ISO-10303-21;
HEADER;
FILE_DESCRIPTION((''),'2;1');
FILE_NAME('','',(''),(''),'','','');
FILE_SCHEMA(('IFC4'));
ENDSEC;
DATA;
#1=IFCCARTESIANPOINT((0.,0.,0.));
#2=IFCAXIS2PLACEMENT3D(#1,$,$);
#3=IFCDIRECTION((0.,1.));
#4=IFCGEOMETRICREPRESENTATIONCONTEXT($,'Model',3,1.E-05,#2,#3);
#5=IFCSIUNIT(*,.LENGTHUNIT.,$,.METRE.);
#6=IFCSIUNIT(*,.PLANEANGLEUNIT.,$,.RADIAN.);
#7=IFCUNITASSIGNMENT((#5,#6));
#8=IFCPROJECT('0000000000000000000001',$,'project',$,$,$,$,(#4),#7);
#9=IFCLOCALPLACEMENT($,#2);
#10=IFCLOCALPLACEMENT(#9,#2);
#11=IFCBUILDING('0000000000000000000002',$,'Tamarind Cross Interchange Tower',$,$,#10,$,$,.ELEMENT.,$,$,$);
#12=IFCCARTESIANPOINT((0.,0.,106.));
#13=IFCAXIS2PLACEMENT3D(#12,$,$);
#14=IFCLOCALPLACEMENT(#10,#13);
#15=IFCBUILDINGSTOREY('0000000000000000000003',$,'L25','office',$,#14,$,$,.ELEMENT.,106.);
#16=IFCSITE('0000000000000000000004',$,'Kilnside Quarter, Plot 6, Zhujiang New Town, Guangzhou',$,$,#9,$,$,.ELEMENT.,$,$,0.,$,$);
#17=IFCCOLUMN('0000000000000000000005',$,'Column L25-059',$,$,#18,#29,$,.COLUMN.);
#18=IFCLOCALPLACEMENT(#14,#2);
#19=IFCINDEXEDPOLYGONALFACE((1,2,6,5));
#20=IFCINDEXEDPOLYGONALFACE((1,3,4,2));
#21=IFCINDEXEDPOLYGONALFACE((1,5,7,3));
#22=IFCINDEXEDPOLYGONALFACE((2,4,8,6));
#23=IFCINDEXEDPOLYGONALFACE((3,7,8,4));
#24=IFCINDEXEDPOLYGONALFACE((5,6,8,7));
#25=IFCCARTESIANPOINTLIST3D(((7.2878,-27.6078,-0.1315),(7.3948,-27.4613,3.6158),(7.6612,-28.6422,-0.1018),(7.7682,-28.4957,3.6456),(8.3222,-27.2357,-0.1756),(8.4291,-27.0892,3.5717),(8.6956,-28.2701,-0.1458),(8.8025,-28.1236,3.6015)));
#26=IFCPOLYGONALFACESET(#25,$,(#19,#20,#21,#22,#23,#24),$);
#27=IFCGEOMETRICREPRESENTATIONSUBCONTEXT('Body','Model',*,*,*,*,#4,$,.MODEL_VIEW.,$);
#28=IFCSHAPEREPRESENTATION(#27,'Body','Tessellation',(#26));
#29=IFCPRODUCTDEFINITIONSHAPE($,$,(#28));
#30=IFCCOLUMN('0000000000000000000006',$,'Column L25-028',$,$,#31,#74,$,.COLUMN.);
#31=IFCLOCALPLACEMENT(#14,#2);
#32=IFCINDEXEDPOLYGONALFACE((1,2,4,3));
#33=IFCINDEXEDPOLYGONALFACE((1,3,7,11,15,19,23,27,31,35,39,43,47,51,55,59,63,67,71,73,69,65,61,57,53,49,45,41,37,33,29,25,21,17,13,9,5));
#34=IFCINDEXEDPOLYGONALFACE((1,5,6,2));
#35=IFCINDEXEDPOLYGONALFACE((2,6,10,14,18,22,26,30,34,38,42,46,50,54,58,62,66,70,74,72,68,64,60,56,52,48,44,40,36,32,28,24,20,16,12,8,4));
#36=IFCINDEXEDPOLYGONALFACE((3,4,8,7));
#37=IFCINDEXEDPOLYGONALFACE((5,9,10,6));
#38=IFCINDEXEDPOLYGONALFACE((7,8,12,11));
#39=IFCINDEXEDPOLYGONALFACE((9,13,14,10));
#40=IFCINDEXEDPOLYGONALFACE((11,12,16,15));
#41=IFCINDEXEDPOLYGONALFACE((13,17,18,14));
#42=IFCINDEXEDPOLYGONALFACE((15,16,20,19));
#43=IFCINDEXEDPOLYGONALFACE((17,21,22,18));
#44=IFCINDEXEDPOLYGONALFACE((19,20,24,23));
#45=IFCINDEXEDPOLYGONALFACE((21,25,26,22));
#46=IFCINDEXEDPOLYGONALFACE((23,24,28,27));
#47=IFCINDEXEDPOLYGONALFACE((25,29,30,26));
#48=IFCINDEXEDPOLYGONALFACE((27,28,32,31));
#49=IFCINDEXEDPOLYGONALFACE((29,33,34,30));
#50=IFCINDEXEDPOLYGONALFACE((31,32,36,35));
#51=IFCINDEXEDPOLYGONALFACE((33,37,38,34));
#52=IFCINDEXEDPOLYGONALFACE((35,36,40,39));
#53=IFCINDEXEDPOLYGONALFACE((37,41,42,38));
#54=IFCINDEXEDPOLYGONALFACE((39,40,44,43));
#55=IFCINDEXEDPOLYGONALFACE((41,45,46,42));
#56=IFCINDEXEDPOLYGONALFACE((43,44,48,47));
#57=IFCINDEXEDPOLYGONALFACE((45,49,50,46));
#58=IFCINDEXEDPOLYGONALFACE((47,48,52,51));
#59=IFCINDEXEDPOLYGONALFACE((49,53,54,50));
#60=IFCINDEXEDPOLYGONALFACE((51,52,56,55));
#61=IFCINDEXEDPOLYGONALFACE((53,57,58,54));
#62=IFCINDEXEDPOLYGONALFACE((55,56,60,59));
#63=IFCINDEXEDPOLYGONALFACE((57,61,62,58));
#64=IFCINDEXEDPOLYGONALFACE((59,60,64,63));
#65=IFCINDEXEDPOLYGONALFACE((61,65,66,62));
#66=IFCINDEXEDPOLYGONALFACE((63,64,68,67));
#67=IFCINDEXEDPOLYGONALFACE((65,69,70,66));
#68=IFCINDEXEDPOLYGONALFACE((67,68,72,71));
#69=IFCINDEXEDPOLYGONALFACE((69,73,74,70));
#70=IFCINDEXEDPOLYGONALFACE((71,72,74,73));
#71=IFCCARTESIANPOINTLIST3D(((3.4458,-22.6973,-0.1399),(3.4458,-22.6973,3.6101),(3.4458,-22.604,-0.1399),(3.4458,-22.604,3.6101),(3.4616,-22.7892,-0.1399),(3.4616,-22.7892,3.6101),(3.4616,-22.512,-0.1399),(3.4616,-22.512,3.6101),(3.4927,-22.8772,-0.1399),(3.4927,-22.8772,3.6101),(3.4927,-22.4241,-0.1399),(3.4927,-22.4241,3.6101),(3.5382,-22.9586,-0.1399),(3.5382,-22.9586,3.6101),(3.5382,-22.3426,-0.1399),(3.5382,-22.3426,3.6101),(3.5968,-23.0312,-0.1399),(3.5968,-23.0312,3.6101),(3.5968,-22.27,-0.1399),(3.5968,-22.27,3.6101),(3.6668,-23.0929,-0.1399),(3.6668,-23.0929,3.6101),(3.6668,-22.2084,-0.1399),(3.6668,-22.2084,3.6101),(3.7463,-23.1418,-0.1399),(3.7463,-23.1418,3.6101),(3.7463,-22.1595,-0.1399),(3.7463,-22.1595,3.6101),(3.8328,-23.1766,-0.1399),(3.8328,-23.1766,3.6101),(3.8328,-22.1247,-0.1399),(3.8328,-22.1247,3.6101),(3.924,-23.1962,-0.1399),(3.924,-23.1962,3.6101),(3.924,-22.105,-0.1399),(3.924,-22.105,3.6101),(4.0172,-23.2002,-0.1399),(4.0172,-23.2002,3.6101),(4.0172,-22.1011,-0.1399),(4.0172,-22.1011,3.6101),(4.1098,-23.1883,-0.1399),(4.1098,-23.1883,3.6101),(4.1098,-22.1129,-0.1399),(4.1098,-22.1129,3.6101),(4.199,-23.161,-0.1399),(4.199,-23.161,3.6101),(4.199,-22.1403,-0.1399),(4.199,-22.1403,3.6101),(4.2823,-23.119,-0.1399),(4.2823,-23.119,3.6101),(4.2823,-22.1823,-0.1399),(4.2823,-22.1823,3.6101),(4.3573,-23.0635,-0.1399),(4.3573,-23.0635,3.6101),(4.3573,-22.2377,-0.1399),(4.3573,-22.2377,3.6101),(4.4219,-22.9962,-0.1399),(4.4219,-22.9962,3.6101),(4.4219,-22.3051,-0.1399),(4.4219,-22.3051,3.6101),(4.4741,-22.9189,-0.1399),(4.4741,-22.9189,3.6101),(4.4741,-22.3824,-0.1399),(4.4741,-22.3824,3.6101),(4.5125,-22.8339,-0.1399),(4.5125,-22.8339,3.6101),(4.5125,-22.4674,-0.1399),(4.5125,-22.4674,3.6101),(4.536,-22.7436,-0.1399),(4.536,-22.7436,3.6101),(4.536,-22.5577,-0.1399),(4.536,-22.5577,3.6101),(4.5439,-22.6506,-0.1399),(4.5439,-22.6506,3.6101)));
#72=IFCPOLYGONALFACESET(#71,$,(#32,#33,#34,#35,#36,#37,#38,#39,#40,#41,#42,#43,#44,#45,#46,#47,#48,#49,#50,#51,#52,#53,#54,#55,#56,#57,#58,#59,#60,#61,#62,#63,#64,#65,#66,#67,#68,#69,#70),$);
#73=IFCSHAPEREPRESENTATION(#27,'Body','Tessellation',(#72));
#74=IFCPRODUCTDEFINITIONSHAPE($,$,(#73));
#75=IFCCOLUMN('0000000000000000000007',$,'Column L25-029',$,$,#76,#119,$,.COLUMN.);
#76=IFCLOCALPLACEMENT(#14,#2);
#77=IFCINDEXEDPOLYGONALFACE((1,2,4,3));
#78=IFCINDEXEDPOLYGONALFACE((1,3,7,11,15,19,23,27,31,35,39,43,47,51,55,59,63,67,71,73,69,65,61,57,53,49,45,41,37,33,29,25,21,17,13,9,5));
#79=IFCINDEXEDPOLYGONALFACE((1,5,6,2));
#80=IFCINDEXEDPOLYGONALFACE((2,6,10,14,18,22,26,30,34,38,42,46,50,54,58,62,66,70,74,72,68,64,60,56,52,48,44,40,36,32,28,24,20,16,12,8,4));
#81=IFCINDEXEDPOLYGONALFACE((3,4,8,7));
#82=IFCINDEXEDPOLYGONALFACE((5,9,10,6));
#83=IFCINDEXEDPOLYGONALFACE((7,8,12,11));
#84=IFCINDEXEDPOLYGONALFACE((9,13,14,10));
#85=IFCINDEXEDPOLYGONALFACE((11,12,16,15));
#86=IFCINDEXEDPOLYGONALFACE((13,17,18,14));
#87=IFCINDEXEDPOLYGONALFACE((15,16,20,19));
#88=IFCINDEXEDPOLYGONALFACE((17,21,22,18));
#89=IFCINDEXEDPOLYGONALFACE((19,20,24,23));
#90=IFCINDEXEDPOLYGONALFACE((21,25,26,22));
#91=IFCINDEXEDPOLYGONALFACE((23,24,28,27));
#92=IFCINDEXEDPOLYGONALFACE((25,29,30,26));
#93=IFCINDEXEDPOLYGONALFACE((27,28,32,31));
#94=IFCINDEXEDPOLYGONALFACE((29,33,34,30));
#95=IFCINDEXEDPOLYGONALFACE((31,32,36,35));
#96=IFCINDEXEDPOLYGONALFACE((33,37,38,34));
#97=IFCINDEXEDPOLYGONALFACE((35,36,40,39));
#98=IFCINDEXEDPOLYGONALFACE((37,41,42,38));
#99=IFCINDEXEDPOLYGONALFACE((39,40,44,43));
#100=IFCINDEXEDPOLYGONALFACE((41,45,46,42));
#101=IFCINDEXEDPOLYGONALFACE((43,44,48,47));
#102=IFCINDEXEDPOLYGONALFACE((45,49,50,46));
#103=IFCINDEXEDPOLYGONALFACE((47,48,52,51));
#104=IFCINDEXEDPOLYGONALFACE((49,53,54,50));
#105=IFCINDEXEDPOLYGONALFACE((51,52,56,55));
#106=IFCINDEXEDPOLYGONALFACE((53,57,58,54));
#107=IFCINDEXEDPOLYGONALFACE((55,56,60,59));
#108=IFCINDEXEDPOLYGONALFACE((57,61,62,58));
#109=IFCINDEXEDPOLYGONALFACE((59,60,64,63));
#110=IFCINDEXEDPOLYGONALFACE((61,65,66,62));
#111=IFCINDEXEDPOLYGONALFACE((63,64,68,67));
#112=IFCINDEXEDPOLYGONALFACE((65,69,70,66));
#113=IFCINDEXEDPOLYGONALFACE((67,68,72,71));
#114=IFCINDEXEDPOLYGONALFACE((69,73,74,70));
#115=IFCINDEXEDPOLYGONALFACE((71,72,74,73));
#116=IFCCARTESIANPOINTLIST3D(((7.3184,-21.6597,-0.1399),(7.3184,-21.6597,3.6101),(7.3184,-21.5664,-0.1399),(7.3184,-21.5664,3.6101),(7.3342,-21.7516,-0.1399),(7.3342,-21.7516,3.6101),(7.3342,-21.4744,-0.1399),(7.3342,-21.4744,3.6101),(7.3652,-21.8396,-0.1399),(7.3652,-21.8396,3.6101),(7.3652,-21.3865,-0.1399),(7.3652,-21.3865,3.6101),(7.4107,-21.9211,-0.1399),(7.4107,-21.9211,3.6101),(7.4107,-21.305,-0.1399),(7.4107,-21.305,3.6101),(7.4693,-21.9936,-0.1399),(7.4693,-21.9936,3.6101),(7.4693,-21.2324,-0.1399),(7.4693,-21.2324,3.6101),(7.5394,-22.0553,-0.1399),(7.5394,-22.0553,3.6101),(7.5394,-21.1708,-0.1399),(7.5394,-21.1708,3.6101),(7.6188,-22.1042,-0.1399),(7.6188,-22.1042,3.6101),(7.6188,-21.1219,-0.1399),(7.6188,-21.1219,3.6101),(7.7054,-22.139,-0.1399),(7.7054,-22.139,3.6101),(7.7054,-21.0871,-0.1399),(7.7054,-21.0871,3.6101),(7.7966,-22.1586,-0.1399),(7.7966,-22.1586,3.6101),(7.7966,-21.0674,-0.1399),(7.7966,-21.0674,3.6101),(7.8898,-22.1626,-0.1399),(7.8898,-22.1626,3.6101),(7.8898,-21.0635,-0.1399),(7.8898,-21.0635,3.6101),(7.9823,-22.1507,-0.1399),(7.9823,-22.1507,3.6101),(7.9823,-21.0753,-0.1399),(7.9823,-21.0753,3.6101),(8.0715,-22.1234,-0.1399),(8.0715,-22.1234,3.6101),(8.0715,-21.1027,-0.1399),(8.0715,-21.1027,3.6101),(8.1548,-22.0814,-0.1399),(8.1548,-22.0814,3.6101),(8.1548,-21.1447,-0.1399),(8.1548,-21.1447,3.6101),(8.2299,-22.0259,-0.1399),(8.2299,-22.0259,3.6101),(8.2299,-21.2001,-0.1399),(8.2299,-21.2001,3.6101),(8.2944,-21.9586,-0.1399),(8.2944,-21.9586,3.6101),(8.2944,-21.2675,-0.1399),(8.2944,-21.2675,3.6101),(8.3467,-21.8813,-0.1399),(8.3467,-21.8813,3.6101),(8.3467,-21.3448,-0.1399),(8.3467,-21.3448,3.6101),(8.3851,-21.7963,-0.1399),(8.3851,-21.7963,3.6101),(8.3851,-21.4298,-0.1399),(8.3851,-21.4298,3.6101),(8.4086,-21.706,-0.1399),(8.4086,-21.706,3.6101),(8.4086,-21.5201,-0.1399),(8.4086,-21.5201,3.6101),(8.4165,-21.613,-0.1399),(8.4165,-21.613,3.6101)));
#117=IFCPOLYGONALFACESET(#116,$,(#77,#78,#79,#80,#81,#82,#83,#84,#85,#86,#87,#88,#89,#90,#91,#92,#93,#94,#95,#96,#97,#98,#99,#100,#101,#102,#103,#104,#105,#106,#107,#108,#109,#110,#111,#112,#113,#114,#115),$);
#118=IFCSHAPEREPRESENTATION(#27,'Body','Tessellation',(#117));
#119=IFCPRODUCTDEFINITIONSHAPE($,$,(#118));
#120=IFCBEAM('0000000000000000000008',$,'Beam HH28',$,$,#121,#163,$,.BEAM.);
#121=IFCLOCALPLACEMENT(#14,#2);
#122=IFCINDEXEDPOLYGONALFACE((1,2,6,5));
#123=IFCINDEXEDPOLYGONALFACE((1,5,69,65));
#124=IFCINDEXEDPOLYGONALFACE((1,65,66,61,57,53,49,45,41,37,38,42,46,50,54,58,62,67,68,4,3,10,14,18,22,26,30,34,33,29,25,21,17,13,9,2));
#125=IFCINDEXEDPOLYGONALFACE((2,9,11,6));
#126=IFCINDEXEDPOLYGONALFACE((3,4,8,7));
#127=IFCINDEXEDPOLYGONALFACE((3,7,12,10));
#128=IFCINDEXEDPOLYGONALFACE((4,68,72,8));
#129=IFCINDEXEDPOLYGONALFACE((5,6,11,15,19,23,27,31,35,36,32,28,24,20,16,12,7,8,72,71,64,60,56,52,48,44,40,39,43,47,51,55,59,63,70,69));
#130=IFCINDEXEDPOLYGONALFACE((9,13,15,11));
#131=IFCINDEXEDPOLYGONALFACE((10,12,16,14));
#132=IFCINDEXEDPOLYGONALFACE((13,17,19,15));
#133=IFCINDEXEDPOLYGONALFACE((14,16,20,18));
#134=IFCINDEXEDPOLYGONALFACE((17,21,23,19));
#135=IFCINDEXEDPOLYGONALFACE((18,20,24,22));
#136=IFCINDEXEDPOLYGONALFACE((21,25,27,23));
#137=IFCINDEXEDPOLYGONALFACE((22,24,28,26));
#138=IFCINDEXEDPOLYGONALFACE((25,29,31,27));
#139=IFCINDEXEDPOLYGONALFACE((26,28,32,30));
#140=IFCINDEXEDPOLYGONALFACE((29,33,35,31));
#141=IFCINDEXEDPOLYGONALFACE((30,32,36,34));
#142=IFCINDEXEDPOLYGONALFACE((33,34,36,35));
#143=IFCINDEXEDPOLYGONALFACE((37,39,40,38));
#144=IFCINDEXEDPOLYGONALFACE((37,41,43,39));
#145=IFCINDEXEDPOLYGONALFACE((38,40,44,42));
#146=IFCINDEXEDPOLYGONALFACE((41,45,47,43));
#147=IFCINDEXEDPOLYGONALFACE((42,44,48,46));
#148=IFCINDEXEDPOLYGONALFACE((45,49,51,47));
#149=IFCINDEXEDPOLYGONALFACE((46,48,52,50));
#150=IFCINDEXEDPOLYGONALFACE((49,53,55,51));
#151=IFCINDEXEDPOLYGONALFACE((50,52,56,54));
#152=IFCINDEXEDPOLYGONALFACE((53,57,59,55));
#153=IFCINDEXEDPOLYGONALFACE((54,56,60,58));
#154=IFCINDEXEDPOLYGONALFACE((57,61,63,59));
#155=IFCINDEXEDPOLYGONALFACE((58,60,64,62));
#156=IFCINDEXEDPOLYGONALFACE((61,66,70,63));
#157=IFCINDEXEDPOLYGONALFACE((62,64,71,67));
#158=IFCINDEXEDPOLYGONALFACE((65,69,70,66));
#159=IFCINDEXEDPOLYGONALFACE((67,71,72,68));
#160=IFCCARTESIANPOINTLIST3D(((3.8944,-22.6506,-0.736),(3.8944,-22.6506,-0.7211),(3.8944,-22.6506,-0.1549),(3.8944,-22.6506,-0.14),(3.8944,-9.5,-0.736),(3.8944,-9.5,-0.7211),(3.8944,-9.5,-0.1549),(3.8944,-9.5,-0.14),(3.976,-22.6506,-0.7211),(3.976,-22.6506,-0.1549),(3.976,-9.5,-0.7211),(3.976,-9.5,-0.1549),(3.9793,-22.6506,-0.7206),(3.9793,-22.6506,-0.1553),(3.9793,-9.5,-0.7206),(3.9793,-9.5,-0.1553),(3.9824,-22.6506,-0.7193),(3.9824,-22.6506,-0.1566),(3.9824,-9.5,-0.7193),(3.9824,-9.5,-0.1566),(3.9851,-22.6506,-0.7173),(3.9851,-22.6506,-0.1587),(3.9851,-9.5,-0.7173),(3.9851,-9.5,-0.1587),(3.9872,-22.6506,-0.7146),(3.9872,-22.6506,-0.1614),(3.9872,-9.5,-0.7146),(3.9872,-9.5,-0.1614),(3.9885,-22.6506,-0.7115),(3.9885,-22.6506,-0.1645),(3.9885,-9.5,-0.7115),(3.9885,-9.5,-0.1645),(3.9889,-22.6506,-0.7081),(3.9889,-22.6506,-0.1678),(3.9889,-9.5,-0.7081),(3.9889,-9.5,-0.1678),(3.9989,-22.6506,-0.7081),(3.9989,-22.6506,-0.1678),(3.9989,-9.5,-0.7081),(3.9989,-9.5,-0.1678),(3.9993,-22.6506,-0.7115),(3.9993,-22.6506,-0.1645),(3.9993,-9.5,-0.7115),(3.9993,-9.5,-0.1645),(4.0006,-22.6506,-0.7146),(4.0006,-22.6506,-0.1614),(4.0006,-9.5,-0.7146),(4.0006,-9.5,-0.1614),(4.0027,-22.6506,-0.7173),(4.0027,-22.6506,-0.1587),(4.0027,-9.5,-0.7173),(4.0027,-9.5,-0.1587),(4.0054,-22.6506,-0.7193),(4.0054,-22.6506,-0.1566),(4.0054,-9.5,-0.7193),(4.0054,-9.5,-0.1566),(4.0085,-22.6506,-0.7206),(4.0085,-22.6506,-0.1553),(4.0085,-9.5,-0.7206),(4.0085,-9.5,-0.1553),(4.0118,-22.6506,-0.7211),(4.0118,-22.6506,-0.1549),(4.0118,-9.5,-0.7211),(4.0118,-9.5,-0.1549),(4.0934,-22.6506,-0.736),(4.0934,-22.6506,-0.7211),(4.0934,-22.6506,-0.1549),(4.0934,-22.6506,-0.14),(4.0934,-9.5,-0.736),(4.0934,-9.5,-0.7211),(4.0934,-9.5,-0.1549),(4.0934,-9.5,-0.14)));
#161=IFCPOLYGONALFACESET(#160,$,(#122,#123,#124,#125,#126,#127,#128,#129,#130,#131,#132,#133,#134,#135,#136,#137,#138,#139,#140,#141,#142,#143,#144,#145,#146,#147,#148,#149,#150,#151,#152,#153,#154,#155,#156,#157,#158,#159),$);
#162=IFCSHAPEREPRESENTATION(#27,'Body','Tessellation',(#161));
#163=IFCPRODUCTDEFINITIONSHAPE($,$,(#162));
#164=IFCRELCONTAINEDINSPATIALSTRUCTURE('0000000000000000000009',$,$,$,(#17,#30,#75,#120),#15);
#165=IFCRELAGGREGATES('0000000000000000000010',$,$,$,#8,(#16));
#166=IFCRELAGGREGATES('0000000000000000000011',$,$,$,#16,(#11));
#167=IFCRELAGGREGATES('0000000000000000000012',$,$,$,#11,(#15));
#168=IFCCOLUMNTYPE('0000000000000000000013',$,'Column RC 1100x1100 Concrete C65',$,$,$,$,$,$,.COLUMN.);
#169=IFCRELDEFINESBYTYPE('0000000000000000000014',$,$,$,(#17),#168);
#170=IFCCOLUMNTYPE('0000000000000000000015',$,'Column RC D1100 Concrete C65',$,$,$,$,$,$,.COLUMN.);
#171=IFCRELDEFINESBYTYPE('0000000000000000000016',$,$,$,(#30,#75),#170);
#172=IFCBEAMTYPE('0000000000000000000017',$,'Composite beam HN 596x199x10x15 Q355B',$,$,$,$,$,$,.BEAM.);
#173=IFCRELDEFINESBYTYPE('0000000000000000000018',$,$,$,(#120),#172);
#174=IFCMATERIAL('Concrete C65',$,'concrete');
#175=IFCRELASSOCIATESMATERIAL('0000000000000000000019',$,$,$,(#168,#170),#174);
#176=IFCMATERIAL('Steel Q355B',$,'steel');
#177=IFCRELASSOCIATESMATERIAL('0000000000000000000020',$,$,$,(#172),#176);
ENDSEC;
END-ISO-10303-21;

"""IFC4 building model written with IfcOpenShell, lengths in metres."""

from ifc_helpers import new_model, si_unit, direction, frame, origin, origin_2d, place, context, subcontext, project, spatial, rectangle, circle, i_section, extrude, material, material_profile, profile_set, type_object, element, save


model = new_model("IFC4")

# Units and contexts
model_context = context("Model", 3, precision=1e-05, world=origin(), true_north=direction((0.0, 1.0)))
body_context = subcontext(model_context, "Body", "Model", "MODEL_VIEW")
ifc_project = project(units=[si_unit("LENGTHUNIT", "METRE"), si_unit("PLANEANGLEUNIT", "RADIAN")], contexts=[model_context])

# Site, building, storey
site_placement = place(None, origin())
site = spatial("IfcSite", under=ifc_project, at=site_placement, Name="Kilnside Quarter, Plot 6, Zhujiang New Town, Guangzhou", CompositionType="ELEMENT", RefElevation=0.0)
building_placement = place(site_placement, origin())
building = spatial("IfcBuilding", under=site, at=building_placement, Name="Tamarind Cross Interchange Tower", CompositionType="ELEMENT")
storey_placement = place(building_placement, frame((0.0, 0.0, 106.0)))
storey = spatial("IfcBuildingStorey", under=building, at=storey_placement, Name="L25", Description="office", CompositionType="ELEMENT", Elevation=106.0)

# Columns
ifc_material_1 = material(Name="Concrete C65", Category="concrete")
ifc_material_profile_1 = material_profile(ifc_material_1, rectangle(XDim=1.1001, YDim=1.1001, at=origin_2d()), Name="RC 1100x1100")
ifc_profile_set_1 = profile_set([ifc_material_profile_1], Name="Concrete C65")
column_type_1 = type_object("IfcColumnType", Name="Column RC 1100x1100 Concrete C65", PredefinedType="COLUMN", material=ifc_profile_set_1)
column_placement = place(storey_placement, frame((7.9917, -27.939, -0.1387), z_axis=(0.028503, 0.039045, 0.998831), x_axis=(-0.940205, -0.338246, 0.040052)))
element("IfcColumn", 1, at=column_placement, inside=storey, type_object=column_type_1, Name="Column L25-059", PredefinedType="COLUMN", context=body_context, shape_type="SweptSolid", body=[
    extrude(rectangle(XDim=1.1001, YDim=1.1001, at=origin_2d()), origin(), (0.0, 0.0, 1.0), 3.7517),
])
ifc_material_profile_2 = material_profile(ifc_material_1, circle(Radius=0.55, at=origin_2d()), Name="RC D1100")
ifc_profile_set_2 = profile_set([ifc_material_profile_2], Name="Concrete C65")
column_type_2 = type_object("IfcColumnType", Name="Column RC D1100 Concrete C65", PredefinedType="COLUMN", material=ifc_profile_set_2)
for number, where, z_axis, x_axis, name in (
    (2, (3.9939, -22.6506, -0.1399), (0.0, 0.0, 1.0), (1.0, 0.0, 0.0), "Column L25-028"),
    (3, (7.8665, -21.613, -0.1399), (0.0, 0.0, 1.0), (1.0, 0.0, 0.0), "Column L25-029"),
):
    element("IfcColumn", number, at=place(storey_placement, frame(where, z_axis=z_axis, x_axis=x_axis)), inside=storey, type_object=column_type_2, Name=name, PredefinedType="COLUMN", context=body_context, shape_type="SweptSolid", body=[
        extrude(circle(Radius=0.55, at=origin_2d()), origin(), (0.0, 0.0, 1.0), 3.75),
    ])

# Beam
ifc_material_2 = material(Name="Steel Q355B", Category="steel")
ifc_material_profile_3 = material_profile(ifc_material_2, i_section(OverallWidth=0.199, OverallDepth=0.5959, WebThickness=0.01, FlangeThickness=0.0149, FilletRadius=0.0129, at=origin_2d()), Name="HN 596x199x10x15")
ifc_profile_set_3 = profile_set([ifc_material_profile_3], Name="Steel Q355B")
beam_type = type_object("IfcBeamType", Name="Composite beam HN 596x199x10x15 Q355B", PredefinedType="BEAM", material=ifc_profile_set_3)
beam_1_placement = place(storey_placement, frame((3.9939, -22.6506, -0.438), z_axis=(0.0, 1.0, 0.0), x_axis=(-1.0, 0.0, 0.0)))
element("IfcBeam", 4, at=beam_1_placement, inside=storey, type_object=beam_type, Name="Beam HH28", PredefinedType="BEAM", context=body_context, shape_type="SweptSolid", body=[
    extrude(i_section(OverallWidth=0.199, OverallDepth=0.5959, WebThickness=0.01, FlangeThickness=0.0149, FilletRadius=0.0129, at=origin_2d()), origin(), (0.0, 0.0, 1.0), 13.1506),
])

save(model, "model.ifc")
